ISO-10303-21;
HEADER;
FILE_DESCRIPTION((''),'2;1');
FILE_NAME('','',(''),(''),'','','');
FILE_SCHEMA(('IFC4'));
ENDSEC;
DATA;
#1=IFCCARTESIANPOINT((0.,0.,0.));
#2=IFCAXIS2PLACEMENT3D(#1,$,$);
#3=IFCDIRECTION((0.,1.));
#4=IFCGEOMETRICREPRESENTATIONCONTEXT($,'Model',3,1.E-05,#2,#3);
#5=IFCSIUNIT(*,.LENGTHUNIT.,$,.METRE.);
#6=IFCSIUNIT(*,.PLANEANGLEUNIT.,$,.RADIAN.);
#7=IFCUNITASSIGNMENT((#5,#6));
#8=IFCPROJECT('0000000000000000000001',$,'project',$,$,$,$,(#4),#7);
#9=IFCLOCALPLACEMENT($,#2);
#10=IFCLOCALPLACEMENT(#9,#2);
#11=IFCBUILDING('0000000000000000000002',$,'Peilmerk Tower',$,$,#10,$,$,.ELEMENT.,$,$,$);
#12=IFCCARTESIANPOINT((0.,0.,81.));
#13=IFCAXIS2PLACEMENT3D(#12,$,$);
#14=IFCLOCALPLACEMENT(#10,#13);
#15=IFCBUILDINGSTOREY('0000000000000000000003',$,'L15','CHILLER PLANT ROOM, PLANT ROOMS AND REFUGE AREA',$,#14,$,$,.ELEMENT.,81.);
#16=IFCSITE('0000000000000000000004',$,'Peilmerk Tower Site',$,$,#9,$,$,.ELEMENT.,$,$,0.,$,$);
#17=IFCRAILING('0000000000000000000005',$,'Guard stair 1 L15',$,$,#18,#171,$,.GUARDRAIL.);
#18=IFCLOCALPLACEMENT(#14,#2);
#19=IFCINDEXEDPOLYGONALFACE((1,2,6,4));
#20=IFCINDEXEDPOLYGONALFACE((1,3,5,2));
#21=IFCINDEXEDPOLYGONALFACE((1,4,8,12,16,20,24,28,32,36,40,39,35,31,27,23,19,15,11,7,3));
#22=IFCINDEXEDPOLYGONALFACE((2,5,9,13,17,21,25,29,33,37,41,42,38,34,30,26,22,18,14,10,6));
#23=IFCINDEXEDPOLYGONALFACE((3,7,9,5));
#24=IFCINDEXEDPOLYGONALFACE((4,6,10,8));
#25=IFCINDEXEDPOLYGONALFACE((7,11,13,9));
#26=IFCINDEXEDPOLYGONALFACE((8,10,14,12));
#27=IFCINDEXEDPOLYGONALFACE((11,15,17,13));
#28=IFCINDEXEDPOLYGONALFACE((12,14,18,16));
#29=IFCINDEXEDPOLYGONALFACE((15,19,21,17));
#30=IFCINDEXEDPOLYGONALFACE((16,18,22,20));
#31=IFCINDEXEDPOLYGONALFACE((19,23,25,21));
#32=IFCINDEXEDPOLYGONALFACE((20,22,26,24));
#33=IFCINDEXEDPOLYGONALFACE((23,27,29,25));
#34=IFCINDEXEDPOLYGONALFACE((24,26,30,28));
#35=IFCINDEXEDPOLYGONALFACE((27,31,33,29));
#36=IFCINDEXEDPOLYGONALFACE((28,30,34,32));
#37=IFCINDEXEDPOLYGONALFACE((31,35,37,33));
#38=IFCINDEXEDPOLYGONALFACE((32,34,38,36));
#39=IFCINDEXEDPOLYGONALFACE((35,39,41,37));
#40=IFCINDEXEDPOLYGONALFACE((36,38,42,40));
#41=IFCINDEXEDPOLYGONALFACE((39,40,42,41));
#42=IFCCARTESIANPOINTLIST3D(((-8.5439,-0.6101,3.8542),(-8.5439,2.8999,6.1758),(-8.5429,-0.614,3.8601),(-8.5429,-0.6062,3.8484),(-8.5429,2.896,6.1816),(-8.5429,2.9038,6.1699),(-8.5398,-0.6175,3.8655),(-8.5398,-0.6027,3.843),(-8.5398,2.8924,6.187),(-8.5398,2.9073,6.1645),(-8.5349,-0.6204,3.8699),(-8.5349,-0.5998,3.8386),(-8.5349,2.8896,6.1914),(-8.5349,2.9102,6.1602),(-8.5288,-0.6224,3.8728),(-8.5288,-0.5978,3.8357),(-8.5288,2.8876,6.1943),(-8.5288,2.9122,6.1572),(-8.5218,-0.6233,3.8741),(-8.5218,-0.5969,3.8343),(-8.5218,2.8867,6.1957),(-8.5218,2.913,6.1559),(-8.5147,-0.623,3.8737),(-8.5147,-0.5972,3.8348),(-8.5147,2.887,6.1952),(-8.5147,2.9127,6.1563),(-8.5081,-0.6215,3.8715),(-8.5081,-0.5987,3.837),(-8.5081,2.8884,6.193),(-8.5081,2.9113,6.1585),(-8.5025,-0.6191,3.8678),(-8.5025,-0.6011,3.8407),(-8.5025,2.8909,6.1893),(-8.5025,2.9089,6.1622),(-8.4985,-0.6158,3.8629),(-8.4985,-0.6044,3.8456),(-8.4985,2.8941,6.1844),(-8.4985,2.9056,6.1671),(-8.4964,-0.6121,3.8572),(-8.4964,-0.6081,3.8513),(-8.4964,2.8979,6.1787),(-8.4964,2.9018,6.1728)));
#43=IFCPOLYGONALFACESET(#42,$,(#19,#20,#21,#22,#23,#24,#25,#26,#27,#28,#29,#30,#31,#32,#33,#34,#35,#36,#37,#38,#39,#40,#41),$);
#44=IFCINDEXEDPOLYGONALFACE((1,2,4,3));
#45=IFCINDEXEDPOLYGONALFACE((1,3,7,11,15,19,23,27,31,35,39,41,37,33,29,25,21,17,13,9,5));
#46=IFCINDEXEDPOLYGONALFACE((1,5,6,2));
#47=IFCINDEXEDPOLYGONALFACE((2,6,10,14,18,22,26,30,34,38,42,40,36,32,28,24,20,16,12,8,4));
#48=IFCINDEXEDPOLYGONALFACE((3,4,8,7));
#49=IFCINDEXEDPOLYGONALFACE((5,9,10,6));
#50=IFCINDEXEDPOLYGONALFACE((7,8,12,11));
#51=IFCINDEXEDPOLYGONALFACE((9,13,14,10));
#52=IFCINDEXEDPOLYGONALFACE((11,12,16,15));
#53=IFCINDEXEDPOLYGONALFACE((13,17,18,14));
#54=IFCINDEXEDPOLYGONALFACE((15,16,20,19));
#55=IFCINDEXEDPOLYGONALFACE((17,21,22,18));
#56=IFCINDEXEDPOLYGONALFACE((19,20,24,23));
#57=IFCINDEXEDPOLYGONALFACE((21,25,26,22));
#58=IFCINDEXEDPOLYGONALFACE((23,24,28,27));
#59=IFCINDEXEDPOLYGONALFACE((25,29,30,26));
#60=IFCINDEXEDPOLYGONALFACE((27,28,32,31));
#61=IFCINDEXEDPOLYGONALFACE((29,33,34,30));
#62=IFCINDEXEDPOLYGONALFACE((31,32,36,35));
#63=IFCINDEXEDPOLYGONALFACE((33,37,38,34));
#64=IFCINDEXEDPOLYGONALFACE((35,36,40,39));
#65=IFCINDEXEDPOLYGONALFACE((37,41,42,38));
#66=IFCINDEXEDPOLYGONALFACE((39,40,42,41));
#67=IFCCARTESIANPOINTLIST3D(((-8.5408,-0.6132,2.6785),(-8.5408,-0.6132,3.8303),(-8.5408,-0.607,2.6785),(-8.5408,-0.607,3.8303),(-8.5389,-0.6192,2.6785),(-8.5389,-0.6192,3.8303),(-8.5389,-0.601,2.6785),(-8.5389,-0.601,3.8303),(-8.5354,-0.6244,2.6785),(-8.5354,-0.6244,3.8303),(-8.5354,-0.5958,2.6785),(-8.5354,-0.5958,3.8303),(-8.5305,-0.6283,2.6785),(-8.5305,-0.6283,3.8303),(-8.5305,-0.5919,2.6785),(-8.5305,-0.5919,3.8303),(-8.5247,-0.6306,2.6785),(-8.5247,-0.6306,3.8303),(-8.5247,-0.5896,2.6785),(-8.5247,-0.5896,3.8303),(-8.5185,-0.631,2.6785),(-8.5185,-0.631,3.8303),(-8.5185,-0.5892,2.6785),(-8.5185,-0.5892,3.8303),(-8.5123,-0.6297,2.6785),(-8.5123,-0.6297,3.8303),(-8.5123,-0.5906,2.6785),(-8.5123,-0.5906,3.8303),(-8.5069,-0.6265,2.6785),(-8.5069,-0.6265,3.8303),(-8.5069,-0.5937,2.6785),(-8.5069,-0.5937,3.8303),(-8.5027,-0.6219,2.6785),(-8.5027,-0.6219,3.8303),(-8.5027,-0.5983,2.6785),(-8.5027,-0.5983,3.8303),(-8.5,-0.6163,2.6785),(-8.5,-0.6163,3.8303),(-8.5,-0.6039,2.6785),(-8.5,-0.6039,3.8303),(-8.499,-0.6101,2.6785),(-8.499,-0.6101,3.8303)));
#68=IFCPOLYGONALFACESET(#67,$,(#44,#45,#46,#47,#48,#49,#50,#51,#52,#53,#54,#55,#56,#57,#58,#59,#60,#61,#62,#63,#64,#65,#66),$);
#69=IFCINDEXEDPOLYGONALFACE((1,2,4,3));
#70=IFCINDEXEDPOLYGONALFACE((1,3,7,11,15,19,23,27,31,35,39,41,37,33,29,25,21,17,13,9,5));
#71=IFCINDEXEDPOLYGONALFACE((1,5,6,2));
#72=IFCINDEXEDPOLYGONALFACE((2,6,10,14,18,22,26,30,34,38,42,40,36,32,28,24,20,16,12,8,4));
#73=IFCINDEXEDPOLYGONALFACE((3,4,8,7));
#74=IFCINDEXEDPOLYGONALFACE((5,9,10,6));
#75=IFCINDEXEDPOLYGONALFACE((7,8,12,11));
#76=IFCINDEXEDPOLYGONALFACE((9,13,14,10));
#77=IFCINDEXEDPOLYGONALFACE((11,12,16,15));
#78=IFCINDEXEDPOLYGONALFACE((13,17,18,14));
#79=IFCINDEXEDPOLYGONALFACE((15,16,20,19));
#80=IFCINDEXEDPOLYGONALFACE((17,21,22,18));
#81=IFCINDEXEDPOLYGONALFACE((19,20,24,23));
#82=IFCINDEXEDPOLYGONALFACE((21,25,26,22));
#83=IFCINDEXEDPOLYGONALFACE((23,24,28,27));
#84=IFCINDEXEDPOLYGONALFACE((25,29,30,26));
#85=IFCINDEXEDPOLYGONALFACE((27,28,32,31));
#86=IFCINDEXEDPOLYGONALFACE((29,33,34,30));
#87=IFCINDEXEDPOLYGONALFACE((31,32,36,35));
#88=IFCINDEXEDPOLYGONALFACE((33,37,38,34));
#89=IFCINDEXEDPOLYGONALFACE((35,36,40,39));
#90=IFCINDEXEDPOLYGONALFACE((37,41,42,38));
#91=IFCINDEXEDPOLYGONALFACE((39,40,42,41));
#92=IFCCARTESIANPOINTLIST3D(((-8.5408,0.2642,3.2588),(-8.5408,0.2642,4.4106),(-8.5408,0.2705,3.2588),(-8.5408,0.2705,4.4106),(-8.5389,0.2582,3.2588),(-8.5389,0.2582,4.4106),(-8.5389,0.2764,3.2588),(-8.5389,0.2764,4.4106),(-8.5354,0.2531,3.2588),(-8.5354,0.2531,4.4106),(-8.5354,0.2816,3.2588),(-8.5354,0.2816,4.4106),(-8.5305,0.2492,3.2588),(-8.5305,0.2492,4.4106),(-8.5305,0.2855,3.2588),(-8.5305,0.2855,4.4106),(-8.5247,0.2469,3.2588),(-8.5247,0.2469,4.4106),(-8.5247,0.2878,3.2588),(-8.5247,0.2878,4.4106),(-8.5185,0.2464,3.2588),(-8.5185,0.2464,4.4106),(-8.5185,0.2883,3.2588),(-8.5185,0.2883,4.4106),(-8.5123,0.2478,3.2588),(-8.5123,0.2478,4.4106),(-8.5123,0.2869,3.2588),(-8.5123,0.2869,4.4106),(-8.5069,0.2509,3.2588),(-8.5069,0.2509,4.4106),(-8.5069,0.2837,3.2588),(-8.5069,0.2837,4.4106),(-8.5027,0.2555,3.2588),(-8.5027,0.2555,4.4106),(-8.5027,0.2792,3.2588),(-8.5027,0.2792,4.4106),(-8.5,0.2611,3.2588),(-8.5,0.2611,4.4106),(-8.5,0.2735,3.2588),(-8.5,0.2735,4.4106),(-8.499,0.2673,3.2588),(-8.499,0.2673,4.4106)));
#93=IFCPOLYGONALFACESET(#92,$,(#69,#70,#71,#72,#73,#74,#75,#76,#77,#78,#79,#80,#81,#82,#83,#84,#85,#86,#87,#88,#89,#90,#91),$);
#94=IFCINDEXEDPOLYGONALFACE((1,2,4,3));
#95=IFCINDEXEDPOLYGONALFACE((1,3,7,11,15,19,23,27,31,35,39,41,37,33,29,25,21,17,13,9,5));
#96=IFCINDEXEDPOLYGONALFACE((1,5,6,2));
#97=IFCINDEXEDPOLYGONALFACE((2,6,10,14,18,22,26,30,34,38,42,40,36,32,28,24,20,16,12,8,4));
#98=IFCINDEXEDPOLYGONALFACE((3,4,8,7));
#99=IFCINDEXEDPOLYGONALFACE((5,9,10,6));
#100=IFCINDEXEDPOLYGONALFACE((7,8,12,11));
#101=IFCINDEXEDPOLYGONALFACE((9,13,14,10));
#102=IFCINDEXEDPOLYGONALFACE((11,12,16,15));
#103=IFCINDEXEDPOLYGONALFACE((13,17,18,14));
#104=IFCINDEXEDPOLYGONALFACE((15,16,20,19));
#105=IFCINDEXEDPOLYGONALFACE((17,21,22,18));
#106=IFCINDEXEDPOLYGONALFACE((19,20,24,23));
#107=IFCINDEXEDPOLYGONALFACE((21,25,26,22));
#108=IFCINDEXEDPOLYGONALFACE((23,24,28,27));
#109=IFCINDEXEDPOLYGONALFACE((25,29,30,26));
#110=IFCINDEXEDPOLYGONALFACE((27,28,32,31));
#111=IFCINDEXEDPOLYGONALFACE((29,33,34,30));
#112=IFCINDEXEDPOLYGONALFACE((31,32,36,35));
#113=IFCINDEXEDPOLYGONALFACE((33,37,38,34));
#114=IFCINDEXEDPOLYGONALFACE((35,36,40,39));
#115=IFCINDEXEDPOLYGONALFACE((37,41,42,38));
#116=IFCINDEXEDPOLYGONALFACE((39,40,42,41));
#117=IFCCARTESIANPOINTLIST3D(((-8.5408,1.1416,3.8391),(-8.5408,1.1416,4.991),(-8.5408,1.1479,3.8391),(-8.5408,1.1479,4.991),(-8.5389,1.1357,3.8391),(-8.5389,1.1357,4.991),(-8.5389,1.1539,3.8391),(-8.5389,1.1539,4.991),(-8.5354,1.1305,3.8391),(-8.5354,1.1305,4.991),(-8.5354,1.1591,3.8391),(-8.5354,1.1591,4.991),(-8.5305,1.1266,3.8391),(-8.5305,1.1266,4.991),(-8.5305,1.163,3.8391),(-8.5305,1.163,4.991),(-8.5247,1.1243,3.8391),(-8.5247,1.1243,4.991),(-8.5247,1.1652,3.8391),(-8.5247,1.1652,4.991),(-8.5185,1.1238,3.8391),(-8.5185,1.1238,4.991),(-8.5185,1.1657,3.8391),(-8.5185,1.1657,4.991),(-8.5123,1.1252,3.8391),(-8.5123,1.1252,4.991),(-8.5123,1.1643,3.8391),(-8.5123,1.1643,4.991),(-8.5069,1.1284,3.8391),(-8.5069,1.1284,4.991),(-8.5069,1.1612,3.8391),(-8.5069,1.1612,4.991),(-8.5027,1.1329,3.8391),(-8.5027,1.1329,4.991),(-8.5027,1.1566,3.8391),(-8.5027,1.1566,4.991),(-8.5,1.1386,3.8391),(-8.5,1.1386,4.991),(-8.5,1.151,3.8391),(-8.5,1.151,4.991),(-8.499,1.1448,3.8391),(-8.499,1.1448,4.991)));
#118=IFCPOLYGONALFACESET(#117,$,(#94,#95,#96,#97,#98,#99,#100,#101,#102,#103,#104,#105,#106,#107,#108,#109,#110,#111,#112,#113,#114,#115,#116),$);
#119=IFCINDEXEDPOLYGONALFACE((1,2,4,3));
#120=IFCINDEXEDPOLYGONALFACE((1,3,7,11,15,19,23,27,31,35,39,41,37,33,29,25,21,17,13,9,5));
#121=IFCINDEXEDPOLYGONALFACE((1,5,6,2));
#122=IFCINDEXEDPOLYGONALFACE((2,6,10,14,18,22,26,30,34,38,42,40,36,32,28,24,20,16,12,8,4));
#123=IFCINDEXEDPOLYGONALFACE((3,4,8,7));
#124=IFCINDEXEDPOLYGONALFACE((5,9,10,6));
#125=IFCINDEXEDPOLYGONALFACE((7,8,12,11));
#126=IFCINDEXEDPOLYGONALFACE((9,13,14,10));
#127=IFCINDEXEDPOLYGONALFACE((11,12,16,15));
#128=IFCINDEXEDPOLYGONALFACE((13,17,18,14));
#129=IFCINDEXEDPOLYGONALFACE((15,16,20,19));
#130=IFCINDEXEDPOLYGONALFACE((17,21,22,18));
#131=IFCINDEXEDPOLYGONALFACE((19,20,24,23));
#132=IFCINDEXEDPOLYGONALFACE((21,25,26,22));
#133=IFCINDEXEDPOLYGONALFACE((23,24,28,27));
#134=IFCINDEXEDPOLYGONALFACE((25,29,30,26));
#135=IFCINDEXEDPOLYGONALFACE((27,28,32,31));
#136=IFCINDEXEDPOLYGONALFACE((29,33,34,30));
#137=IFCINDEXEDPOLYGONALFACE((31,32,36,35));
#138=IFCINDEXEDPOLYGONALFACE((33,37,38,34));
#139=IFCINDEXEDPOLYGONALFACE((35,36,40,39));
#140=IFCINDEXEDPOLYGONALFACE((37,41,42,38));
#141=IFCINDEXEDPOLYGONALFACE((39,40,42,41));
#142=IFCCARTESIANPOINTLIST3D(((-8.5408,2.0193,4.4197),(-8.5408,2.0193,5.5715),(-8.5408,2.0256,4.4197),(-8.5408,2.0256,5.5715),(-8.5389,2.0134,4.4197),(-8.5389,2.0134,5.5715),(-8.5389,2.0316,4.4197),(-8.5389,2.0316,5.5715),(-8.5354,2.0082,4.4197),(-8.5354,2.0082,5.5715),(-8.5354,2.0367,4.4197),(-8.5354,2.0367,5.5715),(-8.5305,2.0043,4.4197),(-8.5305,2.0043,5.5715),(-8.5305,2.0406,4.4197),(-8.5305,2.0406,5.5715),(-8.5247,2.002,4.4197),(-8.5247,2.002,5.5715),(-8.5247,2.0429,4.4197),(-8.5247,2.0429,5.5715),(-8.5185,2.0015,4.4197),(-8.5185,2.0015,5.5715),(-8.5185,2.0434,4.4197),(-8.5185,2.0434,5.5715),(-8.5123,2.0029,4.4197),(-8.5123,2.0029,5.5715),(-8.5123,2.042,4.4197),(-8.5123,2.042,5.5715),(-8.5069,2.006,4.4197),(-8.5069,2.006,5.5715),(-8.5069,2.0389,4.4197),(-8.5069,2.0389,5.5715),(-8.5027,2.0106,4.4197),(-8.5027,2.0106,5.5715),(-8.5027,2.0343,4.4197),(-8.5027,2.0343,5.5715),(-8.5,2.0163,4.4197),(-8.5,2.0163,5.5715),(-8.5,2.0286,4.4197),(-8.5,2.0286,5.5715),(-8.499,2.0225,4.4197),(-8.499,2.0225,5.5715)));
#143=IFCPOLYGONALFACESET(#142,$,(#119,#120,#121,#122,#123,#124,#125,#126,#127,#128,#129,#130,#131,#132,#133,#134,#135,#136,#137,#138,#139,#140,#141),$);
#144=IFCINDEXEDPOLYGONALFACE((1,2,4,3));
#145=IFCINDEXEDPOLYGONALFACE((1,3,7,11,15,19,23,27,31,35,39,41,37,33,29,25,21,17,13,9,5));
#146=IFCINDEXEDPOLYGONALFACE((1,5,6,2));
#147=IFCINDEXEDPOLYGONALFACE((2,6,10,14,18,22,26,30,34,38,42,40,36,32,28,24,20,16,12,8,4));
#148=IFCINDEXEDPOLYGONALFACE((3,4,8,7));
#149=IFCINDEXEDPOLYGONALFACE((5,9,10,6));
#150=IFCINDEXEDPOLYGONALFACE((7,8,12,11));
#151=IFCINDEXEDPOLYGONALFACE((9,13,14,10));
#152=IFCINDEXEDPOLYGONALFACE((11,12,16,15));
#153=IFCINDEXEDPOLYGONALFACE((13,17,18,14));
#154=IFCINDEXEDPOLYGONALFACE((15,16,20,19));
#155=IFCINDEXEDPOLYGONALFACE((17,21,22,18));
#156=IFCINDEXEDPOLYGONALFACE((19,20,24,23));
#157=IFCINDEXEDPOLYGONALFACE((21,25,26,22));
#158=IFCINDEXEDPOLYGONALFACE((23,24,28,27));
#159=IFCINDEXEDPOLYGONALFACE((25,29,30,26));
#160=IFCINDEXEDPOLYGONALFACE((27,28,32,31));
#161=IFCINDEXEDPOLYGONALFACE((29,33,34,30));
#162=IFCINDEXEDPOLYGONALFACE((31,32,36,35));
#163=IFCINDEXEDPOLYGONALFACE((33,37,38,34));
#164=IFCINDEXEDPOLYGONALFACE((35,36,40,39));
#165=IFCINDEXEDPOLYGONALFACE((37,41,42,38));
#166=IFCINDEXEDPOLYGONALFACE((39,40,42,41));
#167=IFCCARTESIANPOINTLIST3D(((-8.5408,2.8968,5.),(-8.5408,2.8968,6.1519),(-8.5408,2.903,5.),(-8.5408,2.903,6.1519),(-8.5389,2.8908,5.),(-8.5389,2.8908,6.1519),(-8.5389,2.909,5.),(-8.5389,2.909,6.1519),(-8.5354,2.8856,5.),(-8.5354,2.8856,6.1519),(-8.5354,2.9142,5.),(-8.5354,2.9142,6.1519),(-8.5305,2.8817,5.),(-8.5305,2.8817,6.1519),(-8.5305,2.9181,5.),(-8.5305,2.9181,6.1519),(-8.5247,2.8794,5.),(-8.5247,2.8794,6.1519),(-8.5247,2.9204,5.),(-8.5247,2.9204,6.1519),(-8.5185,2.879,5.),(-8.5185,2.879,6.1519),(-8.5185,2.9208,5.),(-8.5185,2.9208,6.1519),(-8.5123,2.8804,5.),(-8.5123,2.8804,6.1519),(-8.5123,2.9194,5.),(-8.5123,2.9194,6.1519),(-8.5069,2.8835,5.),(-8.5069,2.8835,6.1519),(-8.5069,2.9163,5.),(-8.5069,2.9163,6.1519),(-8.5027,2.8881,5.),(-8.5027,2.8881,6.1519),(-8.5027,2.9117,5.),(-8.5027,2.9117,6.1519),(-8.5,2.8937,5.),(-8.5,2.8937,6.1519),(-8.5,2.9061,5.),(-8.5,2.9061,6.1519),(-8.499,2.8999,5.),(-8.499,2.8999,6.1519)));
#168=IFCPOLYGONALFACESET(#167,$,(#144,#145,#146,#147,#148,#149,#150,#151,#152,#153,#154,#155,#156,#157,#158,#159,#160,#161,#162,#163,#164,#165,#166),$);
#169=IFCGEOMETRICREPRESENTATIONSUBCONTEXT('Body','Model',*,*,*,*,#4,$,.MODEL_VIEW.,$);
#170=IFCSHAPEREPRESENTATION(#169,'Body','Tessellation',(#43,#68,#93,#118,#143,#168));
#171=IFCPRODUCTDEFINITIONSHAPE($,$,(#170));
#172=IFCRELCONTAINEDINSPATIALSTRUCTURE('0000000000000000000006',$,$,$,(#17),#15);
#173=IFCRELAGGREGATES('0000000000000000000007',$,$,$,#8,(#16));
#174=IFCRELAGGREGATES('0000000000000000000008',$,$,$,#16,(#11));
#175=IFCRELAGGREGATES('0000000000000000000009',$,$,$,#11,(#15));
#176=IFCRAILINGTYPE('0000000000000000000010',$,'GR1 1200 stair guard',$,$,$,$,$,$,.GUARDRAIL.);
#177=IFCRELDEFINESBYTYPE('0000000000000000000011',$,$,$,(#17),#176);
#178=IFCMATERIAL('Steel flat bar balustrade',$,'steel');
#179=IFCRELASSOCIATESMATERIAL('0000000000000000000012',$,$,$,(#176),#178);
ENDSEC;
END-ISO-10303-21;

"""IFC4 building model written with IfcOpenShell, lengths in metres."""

from ifc_helpers import new_model, si_unit, direction, frame, origin, origin_2d, place, context, subcontext, project, spatial, circle, extrude, material, type_object, element, save


model = new_model("IFC4")

# Units and contexts
model_context = context("Model", 3, precision=1e-05, world=origin(), true_north=direction((0.0, 1.0)))
body_context = subcontext(model_context, "Body", "Model", "MODEL_VIEW")
ifc_project = project(units=[si_unit("LENGTHUNIT", "METRE"), si_unit("PLANEANGLEUNIT", "RADIAN")], contexts=[model_context])

# Site, building, storey
site_placement = place(None, origin())
site = spatial("IfcSite", under=ifc_project, at=site_placement, Name="Peilmerk Tower Site", CompositionType="ELEMENT", RefElevation=0.0)
building_placement = place(site_placement, origin())
building = spatial("IfcBuilding", under=site, at=building_placement, Name="Peilmerk Tower", CompositionType="ELEMENT")
storey_placement = place(building_placement, frame((0.0, 0.0, 81.0)))
storey = spatial("IfcBuildingStorey", under=building, at=storey_placement, Name="L15", Description="CHILLER PLANT ROOM, PLANT ROOMS AND REFUGE AREA", CompositionType="ELEMENT", Elevation=81.0)

# Railing
ifc_material_1 = material(Name="Steel flat bar balustrade", Category="steel")
railing_type_1 = type_object("IfcRailingType", Name="GR1 1200 stair guard", PredefinedType="GUARDRAIL", material=ifc_material_1)
railing_1_placement = place(storey_placement, frame((-8.52, -0.6101, 2.6785)))
element("IfcRailing", 1, at=railing_1_placement, inside=storey, type_object=railing_type_1, Name="Guard stair 1 L15", PredefinedType="GUARDRAIL", context=body_context, shape_type="SweptSolid", body=[
    extrude(circle(Radius=0.0239, at=origin_2d()), frame((0.0, 0.0, 1.1758), z_axis=(0.0, 0.834071, 0.551657), x_axis=(-1.0, 0.0, 0.0)), (0.0, 0.0, 1.0), 4.2083),
    extrude(circle(Radius=0.021, at=origin_2d()), origin(), (0.0, 0.0, 1.0), 1.1519),
    extrude(circle(Radius=0.021, at=origin_2d()), frame((0.0, 0.8774, 0.5803)), (0.0, 0.0, 1.0), 1.1519),
    extrude(circle(Radius=0.021, at=origin_2d()), frame((0.0, 1.7549, 1.1606)), (0.0, 0.0, 1.0), 1.1519),
    extrude(circle(Radius=0.021, at=origin_2d()), frame((0.0, 2.6326, 1.7412)), (0.0, 0.0, 1.0), 1.1519),
    extrude(circle(Radius=0.021, at=origin_2d()), frame((0.0, 3.51, 2.3215)), (0.0, 0.0, 1.0), 1.1519),
])

save(model, "model.ifc")
